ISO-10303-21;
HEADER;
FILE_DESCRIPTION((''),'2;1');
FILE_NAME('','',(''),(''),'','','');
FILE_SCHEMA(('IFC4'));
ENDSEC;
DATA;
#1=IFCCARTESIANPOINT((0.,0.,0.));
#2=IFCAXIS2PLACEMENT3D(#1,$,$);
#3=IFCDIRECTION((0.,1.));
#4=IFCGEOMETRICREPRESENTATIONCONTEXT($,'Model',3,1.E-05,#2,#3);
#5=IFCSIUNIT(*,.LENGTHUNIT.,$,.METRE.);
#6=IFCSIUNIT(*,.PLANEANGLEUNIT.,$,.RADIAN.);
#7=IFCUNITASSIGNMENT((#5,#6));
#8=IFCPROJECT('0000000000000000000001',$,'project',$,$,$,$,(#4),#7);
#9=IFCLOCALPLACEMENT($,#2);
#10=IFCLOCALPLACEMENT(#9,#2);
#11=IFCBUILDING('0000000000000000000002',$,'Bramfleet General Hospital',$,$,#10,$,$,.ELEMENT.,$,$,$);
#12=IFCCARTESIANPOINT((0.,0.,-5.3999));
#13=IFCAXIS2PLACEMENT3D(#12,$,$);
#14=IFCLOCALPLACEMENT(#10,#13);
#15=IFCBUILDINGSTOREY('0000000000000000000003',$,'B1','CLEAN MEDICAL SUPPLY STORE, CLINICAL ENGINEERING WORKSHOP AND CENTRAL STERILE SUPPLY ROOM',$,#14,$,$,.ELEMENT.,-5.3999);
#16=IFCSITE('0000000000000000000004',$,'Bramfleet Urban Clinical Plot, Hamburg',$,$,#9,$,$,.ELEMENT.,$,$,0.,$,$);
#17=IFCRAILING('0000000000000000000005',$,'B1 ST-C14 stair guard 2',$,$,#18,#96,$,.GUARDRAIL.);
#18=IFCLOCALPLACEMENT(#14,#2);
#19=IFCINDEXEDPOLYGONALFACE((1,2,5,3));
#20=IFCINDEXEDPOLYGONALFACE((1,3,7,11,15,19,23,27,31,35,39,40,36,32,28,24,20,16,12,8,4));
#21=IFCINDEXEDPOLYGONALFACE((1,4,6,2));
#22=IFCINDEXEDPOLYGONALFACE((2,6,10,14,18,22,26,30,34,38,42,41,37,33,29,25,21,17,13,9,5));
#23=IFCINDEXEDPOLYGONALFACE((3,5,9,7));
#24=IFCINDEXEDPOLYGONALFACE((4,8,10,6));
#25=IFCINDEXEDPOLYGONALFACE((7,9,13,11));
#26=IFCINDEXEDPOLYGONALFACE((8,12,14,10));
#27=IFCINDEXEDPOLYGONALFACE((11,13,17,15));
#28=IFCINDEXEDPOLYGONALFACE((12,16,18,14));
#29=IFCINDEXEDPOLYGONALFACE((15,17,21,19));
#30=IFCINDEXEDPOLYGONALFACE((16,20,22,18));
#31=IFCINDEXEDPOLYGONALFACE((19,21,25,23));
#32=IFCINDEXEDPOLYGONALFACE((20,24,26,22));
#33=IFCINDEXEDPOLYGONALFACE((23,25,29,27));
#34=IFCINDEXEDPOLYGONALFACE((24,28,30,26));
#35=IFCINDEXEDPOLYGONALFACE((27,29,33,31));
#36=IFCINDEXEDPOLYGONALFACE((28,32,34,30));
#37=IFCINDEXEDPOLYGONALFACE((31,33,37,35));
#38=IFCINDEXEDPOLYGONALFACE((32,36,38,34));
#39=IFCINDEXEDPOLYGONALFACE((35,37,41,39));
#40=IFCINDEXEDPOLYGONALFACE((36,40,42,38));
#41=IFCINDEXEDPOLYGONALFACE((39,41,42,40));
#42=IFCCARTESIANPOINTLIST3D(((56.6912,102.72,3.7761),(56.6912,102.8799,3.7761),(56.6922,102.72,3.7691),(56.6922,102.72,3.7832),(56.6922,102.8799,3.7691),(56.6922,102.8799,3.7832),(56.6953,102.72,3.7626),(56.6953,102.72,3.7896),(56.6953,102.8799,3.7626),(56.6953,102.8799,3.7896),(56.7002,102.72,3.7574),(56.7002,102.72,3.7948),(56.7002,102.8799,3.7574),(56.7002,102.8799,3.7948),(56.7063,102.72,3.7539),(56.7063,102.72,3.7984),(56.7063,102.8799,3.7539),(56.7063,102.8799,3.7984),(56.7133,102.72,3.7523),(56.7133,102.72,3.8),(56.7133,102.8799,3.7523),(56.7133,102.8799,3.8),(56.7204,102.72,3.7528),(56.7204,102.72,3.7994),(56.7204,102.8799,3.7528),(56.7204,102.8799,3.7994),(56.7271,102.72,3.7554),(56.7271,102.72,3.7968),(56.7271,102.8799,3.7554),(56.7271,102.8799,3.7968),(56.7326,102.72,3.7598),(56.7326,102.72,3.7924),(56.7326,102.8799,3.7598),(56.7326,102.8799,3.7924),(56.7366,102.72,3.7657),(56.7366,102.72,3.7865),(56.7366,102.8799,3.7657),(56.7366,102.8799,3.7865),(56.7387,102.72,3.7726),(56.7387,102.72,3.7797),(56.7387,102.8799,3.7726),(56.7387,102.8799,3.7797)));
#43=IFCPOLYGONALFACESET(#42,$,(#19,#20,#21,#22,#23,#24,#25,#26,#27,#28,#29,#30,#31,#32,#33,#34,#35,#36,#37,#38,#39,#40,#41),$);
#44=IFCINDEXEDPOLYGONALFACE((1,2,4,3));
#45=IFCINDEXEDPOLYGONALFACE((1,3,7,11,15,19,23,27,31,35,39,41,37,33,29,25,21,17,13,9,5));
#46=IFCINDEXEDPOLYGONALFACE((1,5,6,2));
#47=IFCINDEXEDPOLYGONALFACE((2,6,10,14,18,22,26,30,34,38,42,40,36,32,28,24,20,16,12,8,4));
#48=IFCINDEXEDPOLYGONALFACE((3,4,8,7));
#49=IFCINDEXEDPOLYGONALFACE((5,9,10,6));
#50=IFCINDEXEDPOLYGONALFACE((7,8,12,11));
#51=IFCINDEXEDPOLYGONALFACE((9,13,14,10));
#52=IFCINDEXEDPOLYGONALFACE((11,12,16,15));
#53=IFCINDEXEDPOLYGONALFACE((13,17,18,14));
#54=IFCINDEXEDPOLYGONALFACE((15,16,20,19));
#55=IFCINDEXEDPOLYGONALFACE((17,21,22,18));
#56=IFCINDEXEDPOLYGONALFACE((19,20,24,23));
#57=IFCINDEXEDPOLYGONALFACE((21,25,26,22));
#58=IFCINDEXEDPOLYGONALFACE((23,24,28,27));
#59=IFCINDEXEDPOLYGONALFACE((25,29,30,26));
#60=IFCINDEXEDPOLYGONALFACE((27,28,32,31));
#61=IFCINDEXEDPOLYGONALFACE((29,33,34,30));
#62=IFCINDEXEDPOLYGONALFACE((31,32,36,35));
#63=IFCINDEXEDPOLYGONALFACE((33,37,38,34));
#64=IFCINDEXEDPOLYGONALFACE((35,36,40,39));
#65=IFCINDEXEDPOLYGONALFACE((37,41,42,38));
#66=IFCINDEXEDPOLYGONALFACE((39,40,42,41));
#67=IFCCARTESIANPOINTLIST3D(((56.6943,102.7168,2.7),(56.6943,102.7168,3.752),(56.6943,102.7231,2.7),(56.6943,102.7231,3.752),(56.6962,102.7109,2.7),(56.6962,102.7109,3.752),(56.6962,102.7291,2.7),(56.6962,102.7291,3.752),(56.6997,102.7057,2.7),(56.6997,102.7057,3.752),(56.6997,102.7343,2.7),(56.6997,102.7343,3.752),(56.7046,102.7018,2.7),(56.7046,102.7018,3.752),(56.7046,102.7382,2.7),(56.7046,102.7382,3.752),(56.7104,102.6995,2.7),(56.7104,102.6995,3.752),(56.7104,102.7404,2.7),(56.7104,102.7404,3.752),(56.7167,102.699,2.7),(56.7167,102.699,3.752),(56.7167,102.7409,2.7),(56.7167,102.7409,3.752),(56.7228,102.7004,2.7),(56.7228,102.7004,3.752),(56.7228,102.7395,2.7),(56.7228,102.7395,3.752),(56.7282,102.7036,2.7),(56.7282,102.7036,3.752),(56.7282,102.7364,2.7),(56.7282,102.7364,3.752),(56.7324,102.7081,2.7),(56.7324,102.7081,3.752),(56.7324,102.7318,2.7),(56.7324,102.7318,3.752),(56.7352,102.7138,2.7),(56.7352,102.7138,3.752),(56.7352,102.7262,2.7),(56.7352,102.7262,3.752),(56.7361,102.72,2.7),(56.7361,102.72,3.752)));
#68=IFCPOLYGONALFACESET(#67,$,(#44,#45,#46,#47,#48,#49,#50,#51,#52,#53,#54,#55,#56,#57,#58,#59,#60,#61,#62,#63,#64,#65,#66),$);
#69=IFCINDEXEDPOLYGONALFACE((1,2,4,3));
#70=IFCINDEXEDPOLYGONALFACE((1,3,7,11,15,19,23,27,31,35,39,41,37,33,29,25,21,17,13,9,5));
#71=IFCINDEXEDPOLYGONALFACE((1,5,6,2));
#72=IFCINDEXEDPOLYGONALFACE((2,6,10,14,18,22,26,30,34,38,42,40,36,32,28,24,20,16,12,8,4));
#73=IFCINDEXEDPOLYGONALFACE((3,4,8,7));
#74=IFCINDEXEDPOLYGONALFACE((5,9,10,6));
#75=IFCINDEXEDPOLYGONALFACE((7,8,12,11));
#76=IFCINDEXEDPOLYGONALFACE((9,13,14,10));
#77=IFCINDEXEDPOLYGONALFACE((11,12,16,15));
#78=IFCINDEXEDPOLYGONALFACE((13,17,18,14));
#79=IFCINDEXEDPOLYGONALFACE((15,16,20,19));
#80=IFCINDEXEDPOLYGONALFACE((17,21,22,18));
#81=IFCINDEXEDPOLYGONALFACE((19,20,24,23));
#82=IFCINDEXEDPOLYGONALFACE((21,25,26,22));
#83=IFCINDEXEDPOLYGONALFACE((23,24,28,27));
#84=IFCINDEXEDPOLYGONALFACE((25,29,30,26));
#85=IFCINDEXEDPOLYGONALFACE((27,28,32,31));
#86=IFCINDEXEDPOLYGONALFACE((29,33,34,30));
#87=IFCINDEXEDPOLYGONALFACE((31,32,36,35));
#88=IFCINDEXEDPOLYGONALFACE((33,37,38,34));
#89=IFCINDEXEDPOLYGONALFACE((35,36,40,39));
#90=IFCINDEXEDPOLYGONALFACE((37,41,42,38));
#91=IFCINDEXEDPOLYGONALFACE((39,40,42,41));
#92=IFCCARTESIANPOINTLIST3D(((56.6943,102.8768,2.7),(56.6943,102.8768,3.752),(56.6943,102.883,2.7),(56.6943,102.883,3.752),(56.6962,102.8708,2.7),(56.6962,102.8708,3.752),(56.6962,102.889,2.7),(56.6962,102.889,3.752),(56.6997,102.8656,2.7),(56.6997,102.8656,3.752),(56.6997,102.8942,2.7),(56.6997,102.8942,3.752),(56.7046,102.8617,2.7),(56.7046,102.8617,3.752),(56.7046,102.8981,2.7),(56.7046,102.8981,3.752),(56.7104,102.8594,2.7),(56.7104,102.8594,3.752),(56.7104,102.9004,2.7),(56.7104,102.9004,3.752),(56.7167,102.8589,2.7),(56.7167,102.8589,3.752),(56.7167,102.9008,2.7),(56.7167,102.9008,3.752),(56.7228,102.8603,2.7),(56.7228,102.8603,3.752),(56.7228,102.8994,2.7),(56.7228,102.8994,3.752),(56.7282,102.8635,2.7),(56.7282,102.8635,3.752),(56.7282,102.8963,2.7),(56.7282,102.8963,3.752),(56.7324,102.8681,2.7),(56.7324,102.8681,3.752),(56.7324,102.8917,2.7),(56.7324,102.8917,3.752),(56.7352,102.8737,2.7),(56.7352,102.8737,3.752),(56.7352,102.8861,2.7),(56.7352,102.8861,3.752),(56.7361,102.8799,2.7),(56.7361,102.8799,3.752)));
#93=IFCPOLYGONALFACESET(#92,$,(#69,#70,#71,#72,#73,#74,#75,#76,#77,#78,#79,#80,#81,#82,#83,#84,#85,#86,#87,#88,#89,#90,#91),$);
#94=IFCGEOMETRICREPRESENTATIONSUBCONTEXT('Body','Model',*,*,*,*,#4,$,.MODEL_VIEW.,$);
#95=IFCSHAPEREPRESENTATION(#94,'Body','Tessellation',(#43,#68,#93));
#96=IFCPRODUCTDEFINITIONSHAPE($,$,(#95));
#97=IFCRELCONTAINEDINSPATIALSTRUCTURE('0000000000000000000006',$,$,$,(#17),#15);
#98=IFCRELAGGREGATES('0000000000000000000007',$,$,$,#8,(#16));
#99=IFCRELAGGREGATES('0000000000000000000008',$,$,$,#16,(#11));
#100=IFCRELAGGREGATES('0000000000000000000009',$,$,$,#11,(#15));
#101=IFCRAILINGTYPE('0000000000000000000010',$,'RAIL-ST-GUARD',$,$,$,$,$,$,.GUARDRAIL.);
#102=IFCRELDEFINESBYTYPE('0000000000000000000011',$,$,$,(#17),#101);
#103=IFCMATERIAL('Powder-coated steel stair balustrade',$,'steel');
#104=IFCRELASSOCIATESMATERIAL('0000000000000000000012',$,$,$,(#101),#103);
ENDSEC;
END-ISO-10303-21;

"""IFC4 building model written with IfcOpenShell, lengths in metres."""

from ifc_helpers import new_model, si_unit, direction, frame, origin, origin_2d, place, context, subcontext, project, spatial, circle, extrude, material, type_object, element, save


model = new_model("IFC4")

# Units and contexts
model_context = context("Model", 3, precision=1e-05, world=origin(), true_north=direction((0.0, 1.0)))
body_context = subcontext(model_context, "Body", "Model", "MODEL_VIEW")
ifc_project = project(units=[si_unit("LENGTHUNIT", "METRE"), si_unit("PLANEANGLEUNIT", "RADIAN")], contexts=[model_context])

# Site, building, storey
site_placement = place(None, origin())
site = spatial("IfcSite", under=ifc_project, at=site_placement, Name="Bramfleet Urban Clinical Plot, Hamburg", CompositionType="ELEMENT", RefElevation=0.0)
building_placement = place(site_placement, origin())
building = spatial("IfcBuilding", under=site, at=building_placement, Name="Bramfleet General Hospital", CompositionType="ELEMENT")
storey_placement = place(building_placement, frame((0.0, 0.0, -5.3999)))
storey = spatial("IfcBuildingStorey", under=building, at=storey_placement, Name="B1", Description="CLEAN MEDICAL SUPPLY STORE, CLINICAL ENGINEERING WORKSHOP AND CENTRAL STERILE SUPPLY ROOM", CompositionType="ELEMENT", Elevation=-5.3999)

# Railing
ifc_material_1 = material(Name="Powder-coated steel stair balustrade", Category="steel")
railing_type_1 = type_object("IfcRailingType", Name="RAIL-ST-GUARD", PredefinedType="GUARDRAIL", material=ifc_material_1)
railing_1_placement = place(storey_placement, frame((56.7151, 102.72, 2.7)))
element("IfcRailing", 1, at=railing_1_placement, inside=storey, type_object=railing_type_1, Name="B1 ST-C14 stair guard 2", PredefinedType="GUARDRAIL", context=body_context, shape_type="SweptSolid", body=[
    extrude(circle(Radius=0.0239, at=origin_2d()), frame((0.0, 0.0, 1.0762), z_axis=(0.0, 1.0, 0.0), x_axis=(-1.0, 0.0, 0.0)), (0.0, 0.0, 1.0), 0.1599),
    extrude(circle(Radius=0.021, at=origin_2d()), origin(), (0.0, 0.0, 1.0), 1.052),
    extrude(circle(Radius=0.021, at=origin_2d()), frame((0.0, 0.1599, 0.0)), (0.0, 0.0, 1.0), 1.052),
])

save(model, "model.ifc")
